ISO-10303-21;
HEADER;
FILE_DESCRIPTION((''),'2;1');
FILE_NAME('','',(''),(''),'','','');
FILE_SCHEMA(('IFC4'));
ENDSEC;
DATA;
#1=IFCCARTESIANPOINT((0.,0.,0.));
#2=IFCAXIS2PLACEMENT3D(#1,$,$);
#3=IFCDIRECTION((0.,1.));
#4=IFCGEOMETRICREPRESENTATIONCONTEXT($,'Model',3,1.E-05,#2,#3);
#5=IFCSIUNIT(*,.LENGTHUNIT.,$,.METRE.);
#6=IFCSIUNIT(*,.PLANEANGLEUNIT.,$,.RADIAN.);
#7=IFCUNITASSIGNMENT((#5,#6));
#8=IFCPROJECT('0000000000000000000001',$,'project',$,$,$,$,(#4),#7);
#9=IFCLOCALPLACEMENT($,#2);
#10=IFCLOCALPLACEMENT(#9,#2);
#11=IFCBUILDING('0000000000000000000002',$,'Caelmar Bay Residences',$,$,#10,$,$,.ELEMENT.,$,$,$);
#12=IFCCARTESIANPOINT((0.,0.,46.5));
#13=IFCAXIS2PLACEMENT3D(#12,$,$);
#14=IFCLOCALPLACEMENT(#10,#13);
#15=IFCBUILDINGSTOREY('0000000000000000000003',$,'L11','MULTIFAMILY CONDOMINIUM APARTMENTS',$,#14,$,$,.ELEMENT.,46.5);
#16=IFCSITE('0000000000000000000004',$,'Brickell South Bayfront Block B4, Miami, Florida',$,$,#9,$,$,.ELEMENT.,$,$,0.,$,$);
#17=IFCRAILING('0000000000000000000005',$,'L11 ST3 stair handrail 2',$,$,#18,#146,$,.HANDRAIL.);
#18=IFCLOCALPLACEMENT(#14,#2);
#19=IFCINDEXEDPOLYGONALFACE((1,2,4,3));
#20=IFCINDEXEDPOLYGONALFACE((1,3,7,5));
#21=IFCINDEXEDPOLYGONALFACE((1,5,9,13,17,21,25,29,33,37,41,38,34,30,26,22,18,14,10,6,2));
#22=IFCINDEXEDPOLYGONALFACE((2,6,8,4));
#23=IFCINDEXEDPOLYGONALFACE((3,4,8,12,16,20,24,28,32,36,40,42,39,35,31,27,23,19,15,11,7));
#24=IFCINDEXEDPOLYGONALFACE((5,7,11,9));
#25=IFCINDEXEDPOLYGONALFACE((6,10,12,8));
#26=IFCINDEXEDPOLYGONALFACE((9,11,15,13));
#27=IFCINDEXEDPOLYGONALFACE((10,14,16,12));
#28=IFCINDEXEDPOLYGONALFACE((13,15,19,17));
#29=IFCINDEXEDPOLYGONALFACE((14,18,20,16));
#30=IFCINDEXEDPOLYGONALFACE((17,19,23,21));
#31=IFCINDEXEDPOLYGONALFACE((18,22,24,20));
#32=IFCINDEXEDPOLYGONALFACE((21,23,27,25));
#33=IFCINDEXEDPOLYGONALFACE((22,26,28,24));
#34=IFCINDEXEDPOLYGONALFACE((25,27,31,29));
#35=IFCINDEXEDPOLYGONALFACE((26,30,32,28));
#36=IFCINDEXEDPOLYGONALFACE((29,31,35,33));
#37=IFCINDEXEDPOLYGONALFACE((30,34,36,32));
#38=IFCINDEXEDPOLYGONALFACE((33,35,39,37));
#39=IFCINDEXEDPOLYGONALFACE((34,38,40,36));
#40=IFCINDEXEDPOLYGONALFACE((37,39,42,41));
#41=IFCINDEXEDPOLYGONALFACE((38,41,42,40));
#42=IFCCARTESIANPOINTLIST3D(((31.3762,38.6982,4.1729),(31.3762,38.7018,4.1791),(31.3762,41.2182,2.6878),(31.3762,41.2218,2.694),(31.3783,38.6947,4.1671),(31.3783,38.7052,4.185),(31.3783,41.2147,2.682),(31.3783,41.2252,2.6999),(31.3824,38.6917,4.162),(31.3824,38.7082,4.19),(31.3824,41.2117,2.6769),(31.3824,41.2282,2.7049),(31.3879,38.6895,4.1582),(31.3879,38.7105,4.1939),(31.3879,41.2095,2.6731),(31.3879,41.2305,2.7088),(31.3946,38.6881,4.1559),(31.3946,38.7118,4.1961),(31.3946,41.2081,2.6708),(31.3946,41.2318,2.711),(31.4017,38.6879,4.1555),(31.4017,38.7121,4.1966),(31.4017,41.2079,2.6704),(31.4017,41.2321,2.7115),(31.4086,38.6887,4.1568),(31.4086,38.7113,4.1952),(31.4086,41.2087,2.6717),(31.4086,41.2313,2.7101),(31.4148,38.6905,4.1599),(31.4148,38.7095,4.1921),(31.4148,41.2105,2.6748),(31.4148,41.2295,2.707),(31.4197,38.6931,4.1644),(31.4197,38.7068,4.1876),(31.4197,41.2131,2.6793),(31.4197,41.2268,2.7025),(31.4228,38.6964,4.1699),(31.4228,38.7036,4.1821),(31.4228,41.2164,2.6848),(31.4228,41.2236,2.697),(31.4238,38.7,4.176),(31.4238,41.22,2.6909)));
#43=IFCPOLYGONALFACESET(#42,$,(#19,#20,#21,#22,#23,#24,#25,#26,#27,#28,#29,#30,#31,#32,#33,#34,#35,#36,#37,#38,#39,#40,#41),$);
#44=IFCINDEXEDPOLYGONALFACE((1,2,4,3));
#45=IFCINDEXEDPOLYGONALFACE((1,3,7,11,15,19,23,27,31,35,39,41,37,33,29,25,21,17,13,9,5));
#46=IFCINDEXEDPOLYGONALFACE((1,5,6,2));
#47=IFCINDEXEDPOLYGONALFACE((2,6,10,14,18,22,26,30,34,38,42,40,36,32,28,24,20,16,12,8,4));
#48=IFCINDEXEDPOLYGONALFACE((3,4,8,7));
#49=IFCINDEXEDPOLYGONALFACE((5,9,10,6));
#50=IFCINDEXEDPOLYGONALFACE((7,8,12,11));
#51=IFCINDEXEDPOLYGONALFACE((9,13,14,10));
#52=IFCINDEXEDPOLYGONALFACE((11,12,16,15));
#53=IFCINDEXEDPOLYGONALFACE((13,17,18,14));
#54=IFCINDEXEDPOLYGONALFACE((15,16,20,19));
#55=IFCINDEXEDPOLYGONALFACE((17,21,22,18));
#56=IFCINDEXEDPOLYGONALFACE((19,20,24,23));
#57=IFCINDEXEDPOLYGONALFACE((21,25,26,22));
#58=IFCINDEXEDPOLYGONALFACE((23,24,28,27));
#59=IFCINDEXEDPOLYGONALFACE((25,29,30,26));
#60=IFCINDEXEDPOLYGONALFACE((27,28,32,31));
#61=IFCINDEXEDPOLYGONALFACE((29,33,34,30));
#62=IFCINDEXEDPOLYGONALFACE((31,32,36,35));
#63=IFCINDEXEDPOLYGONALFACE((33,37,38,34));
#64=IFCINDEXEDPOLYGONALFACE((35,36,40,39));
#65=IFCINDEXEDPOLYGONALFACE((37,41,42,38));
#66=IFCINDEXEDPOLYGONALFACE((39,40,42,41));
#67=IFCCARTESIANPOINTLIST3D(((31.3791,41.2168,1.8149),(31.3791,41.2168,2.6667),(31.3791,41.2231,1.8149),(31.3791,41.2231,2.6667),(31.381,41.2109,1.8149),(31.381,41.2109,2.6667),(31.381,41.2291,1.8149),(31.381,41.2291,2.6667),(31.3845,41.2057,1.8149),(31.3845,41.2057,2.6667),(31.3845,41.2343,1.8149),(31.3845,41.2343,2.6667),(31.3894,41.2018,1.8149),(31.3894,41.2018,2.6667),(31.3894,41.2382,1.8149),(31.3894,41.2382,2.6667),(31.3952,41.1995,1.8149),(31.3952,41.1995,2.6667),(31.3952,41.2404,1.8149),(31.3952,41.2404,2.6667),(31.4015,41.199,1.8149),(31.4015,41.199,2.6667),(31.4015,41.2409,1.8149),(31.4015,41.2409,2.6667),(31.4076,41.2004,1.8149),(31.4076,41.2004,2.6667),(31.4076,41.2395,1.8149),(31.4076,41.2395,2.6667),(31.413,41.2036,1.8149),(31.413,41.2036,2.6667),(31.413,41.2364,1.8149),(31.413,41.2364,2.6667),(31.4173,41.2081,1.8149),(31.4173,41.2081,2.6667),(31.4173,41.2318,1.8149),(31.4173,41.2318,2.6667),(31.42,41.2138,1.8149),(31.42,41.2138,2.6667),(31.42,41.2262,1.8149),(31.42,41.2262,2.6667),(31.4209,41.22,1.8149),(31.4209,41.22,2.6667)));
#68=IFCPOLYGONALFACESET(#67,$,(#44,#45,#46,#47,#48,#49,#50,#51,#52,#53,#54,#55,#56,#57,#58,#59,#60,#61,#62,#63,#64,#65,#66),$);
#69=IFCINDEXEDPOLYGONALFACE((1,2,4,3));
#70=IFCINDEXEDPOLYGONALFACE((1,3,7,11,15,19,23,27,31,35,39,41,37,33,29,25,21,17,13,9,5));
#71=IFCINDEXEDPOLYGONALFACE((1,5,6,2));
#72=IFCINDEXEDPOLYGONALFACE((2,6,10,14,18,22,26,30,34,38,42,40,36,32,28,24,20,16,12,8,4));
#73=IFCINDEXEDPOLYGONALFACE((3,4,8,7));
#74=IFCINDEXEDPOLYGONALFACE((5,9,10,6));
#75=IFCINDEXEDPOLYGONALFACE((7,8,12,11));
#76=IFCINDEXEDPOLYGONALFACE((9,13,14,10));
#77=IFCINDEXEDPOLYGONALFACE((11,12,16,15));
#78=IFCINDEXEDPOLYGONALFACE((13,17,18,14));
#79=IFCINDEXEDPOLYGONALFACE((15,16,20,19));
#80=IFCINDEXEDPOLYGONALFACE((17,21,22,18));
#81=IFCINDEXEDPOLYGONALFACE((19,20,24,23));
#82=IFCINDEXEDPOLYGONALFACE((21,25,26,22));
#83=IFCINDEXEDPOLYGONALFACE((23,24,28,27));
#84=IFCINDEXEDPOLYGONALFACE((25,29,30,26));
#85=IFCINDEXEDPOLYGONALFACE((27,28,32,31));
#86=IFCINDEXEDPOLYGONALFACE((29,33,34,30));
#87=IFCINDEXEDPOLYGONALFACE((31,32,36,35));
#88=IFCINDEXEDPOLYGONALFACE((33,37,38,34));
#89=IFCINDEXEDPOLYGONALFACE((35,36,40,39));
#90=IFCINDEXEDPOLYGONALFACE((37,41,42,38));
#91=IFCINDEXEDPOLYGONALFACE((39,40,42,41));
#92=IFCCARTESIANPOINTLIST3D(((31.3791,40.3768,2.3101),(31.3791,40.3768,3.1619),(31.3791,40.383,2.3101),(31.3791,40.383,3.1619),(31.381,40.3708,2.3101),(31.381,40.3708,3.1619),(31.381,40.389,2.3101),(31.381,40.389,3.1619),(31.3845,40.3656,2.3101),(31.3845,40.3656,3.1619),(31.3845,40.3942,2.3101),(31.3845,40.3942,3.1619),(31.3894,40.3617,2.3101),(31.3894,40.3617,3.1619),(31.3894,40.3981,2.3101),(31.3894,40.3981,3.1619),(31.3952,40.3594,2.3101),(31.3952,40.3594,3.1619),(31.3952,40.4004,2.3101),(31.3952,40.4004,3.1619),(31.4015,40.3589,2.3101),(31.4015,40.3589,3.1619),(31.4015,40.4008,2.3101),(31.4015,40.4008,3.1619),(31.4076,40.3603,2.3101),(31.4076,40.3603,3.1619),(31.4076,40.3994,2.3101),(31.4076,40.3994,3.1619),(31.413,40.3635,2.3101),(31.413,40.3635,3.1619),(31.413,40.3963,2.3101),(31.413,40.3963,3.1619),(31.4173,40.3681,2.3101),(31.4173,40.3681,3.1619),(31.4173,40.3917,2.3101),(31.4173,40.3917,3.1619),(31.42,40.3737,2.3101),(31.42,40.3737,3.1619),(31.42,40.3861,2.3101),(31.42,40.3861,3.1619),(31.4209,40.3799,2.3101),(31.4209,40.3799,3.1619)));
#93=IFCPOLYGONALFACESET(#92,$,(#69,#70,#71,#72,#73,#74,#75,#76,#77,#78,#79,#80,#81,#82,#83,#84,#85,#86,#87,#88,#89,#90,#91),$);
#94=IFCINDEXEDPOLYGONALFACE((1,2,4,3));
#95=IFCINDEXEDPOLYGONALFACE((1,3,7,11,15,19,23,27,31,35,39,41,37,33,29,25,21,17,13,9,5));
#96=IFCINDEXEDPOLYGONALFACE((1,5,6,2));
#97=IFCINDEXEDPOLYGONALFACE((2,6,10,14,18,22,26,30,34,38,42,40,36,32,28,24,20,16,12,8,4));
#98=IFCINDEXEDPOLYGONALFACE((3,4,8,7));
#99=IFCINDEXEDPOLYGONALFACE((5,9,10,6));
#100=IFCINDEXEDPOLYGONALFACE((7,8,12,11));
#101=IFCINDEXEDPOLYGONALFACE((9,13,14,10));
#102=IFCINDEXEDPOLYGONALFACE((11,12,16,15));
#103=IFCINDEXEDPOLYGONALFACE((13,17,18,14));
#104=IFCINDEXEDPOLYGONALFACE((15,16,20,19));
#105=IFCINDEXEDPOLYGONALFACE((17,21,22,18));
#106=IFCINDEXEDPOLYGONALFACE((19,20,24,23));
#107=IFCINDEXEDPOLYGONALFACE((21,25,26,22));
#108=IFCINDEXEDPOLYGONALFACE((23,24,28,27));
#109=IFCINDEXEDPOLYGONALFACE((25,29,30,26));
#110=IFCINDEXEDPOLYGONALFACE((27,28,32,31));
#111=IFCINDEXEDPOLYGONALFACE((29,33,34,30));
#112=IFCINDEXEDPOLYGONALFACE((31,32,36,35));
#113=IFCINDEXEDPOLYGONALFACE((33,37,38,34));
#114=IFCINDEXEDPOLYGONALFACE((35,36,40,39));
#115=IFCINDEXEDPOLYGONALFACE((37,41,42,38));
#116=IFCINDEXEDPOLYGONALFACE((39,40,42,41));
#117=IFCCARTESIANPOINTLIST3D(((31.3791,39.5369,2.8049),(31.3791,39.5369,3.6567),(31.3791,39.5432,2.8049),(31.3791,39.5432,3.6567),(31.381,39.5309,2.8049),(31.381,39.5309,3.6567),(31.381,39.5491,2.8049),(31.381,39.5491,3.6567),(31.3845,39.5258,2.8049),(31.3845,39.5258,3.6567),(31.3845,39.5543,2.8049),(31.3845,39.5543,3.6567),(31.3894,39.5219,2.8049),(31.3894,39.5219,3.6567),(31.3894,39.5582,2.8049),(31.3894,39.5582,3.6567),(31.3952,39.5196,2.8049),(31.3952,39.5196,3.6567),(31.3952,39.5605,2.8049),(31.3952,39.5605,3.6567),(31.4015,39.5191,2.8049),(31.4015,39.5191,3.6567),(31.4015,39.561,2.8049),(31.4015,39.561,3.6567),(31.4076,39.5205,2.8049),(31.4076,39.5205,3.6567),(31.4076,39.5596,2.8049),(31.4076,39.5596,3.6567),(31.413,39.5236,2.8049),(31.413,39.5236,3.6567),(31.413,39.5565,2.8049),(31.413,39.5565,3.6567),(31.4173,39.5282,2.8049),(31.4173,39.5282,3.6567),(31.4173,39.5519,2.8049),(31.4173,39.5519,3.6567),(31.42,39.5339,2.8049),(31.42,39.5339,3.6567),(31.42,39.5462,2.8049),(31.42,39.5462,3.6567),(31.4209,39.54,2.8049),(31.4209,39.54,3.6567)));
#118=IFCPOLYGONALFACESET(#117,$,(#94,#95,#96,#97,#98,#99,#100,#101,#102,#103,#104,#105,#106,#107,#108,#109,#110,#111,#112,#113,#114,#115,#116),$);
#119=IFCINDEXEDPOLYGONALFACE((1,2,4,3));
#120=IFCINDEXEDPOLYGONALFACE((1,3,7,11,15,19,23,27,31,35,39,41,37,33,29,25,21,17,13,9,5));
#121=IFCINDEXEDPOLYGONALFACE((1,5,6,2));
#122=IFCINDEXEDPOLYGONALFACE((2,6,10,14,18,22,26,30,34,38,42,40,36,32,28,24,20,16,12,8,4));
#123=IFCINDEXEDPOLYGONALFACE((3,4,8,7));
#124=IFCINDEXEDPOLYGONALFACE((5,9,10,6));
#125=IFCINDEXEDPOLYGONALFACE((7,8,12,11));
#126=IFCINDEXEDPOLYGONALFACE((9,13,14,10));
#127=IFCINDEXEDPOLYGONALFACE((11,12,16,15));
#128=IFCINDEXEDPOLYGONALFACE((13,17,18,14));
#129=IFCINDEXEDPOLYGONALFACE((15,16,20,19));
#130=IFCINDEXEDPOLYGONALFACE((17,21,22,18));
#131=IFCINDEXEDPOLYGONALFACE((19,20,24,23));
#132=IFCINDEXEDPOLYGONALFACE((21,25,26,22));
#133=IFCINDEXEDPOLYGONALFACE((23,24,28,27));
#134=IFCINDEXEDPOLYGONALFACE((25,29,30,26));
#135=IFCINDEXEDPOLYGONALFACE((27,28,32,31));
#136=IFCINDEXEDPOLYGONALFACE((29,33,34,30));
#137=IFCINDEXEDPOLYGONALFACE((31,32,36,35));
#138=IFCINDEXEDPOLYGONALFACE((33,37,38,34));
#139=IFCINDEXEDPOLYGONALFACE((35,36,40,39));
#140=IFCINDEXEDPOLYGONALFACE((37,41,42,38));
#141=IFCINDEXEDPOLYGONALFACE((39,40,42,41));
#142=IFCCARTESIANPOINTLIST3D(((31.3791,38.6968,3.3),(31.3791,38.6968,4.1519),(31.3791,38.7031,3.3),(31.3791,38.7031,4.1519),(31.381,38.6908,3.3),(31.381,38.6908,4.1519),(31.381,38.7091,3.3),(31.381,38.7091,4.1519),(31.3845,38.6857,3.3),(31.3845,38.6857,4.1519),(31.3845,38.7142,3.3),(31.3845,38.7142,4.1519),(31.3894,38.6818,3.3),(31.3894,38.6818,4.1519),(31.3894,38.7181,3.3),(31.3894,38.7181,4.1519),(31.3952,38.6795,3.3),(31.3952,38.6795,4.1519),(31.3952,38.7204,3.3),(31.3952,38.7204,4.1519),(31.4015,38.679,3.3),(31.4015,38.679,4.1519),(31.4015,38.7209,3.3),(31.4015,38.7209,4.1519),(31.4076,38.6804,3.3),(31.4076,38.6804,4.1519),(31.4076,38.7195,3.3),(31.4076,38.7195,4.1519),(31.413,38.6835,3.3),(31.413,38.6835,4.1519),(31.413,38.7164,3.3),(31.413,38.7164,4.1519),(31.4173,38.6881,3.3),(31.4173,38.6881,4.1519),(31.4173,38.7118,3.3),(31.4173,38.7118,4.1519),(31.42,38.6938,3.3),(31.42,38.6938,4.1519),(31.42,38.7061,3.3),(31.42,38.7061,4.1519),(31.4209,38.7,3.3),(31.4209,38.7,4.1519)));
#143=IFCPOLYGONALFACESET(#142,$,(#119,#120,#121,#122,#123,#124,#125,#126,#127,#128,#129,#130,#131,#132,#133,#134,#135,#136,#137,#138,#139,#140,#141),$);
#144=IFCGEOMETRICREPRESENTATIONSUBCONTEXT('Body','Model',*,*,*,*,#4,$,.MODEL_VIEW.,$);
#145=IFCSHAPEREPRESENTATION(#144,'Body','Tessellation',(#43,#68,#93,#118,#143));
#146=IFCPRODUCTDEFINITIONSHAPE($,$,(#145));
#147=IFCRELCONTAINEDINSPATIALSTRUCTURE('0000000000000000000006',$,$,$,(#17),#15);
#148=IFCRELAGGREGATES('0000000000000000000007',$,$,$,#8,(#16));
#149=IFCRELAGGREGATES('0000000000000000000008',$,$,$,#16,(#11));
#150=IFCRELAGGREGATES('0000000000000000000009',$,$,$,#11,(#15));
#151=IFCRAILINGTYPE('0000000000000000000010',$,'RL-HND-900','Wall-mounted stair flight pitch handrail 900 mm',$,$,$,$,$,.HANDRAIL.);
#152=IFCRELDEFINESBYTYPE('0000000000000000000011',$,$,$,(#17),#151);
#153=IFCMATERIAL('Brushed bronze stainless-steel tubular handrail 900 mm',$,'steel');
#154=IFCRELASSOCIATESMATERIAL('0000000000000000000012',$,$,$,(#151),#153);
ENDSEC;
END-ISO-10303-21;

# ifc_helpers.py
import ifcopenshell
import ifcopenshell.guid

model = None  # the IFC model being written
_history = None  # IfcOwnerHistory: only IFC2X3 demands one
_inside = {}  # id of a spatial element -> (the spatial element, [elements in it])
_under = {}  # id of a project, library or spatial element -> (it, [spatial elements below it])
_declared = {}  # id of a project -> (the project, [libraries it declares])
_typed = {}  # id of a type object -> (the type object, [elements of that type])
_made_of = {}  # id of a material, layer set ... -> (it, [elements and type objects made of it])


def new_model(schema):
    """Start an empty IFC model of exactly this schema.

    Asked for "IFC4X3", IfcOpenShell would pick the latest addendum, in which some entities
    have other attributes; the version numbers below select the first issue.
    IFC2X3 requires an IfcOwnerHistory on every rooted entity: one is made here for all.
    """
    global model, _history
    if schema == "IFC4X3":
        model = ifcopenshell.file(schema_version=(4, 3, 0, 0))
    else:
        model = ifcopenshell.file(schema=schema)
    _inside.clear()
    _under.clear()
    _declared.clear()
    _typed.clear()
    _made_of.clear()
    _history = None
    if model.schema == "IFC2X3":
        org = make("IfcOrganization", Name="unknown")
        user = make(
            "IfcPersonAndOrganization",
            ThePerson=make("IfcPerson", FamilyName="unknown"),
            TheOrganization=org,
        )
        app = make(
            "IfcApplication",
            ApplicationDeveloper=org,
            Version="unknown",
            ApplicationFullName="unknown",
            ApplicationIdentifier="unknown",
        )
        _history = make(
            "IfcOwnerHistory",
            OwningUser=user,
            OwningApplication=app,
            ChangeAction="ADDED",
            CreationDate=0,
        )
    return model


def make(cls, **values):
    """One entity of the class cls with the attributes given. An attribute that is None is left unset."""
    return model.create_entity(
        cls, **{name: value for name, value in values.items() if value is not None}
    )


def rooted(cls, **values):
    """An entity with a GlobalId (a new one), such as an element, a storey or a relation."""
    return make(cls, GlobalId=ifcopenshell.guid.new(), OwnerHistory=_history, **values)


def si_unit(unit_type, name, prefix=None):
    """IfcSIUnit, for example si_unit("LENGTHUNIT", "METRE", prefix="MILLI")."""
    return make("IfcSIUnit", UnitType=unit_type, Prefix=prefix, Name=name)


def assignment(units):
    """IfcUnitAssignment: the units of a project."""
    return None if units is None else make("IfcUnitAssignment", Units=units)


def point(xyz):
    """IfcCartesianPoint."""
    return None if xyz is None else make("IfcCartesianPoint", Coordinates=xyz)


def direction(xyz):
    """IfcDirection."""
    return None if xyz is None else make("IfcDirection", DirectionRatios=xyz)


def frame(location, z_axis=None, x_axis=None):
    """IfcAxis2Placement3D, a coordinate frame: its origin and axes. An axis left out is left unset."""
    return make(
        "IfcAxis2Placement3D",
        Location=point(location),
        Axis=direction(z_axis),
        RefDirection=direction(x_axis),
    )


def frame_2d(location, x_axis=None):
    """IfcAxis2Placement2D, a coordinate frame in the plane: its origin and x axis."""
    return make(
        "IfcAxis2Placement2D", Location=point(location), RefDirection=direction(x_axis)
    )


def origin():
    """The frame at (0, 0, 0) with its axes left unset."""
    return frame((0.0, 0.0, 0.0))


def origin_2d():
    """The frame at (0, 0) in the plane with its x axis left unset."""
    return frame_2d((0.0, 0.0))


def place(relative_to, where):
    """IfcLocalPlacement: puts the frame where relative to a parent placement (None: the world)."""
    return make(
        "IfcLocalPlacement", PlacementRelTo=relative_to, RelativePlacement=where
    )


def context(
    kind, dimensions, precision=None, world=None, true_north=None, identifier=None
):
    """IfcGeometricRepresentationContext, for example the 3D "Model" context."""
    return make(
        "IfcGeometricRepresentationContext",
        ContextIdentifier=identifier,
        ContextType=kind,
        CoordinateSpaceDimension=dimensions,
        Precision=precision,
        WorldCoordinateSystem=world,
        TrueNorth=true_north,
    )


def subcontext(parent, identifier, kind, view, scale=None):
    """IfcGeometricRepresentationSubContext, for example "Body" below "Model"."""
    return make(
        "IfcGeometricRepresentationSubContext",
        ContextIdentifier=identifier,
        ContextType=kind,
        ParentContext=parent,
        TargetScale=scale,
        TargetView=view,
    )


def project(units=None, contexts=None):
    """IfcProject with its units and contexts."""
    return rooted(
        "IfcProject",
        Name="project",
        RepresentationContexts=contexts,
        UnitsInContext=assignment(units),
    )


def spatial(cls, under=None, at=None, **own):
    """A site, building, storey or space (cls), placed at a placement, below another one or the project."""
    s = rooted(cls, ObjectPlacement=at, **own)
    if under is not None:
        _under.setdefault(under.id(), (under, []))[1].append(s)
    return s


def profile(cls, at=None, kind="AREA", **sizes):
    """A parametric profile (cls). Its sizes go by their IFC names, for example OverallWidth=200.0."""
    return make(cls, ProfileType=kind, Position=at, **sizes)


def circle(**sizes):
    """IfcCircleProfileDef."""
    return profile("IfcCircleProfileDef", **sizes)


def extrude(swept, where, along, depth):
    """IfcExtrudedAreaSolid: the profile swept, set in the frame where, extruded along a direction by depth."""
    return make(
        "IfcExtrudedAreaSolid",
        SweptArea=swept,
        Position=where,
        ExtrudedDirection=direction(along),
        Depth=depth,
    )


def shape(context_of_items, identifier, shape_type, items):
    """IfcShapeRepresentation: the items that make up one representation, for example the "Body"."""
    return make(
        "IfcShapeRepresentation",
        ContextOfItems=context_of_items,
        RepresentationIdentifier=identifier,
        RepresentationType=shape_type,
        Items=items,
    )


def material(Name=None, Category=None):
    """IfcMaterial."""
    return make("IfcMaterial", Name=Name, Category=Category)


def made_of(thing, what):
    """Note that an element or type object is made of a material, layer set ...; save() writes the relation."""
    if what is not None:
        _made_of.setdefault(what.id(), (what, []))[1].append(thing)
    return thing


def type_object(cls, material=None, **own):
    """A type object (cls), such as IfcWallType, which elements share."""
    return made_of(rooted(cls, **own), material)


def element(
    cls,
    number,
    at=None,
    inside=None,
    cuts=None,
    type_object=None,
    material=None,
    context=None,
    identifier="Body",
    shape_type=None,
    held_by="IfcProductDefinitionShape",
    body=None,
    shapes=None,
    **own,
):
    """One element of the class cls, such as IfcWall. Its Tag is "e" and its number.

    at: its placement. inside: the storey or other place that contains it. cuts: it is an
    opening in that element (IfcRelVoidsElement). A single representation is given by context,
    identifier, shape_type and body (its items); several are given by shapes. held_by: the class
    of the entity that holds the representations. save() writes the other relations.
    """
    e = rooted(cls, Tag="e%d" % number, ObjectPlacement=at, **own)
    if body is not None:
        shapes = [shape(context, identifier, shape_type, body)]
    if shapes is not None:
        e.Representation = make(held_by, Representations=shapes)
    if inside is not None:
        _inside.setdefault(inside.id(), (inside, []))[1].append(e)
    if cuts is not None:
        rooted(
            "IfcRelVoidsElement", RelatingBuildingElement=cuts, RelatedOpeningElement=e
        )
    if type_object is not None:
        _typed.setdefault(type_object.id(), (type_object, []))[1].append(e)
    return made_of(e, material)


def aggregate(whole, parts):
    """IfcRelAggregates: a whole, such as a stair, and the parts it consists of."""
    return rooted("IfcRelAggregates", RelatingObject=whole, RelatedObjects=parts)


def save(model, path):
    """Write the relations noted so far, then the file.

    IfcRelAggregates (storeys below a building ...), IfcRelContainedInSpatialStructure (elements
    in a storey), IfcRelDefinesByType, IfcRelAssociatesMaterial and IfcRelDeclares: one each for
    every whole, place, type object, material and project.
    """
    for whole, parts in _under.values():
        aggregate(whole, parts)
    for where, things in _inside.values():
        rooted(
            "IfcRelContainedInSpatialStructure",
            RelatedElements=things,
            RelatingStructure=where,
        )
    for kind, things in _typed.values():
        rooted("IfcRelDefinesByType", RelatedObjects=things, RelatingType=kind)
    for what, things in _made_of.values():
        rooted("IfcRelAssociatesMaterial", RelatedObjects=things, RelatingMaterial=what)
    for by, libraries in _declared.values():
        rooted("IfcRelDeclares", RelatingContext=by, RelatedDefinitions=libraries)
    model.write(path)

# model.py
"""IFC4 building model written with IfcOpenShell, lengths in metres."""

from ifc_helpers import new_model, si_unit, direction, frame, origin, origin_2d, place, context, subcontext, project, spatial, circle, extrude, material, type_object, element, save


model = new_model("IFC4")

# Units and contexts
model_context = context("Model", 3, precision=1e-05, world=origin(), true_north=direction((0.0, 1.0)))
body_context = subcontext(model_context, "Body", "Model", "MODEL_VIEW")
ifc_project = project(units=[si_unit("LENGTHUNIT", "METRE"), si_unit("PLANEANGLEUNIT", "RADIAN")], contexts=[model_context])

# Site, building, storey
site_placement = place(None, origin())
site = spatial("IfcSite", under=ifc_project, at=site_placement, Name="Brickell South Bayfront Block B4, Miami, Florida", CompositionType="ELEMENT", RefElevation=0.0)
building_placement = place(site_placement, origin())
building = spatial("IfcBuilding", under=site, at=building_placement, Name="Caelmar Bay Residences", CompositionType="ELEMENT")
storey_placement = place(building_placement, frame((0.0, 0.0, 46.5)))
storey = spatial("IfcBuildingStorey", under=building, at=storey_placement, Name="L11", Description="MULTIFAMILY CONDOMINIUM APARTMENTS", CompositionType="ELEMENT", Elevation=46.5)

# Railing
ifc_material_1 = material(Name="Brushed bronze stainless-steel tubular handrail 900 mm", Category="steel")
railing_type_1 = type_object("IfcRailingType", Name="RL-HND-900", Description="Wall-mounted stair flight pitch handrail 900 mm", PredefinedType="HANDRAIL", material=ifc_material_1)
railing_1_placement = place(storey_placement, frame((31.3999, 41.22, 1.8149)))
element("IfcRailing", 1, at=railing_1_placement, inside=storey, type_object=railing_type_1, Name="L11 ST3 stair handrail 2", PredefinedType="HANDRAIL", context=body_context, shape_type="SweptSolid", body=[
    extrude(circle(Radius=0.0239, at=origin_2d()), frame((0.0, 0.0, 0.876), z_axis=(0.0, -0.861524, 0.507717), x_axis=(1.0, 0.0, 0.0)), (0.0, 0.0, 1.0), 2.925),
    extrude(circle(Radius=0.021, at=origin_2d()), origin(), (0.0, 0.0, 1.0), 0.8518),
    extrude(circle(Radius=0.021, at=origin_2d()), frame((0.0, -0.8401, 0.4951)), (0.0, 0.0, 1.0), 0.8518),
    extrude(circle(Radius=0.021, at=origin_2d()), frame((0.0, -1.6799, 0.99)), (0.0, 0.0, 1.0), 0.8518),
    extrude(circle(Radius=0.021, at=origin_2d()), frame((0.0, -2.52, 1.4851)), (0.0, 0.0, 1.0), 0.8518),
])

save(model, "model.ifc")
